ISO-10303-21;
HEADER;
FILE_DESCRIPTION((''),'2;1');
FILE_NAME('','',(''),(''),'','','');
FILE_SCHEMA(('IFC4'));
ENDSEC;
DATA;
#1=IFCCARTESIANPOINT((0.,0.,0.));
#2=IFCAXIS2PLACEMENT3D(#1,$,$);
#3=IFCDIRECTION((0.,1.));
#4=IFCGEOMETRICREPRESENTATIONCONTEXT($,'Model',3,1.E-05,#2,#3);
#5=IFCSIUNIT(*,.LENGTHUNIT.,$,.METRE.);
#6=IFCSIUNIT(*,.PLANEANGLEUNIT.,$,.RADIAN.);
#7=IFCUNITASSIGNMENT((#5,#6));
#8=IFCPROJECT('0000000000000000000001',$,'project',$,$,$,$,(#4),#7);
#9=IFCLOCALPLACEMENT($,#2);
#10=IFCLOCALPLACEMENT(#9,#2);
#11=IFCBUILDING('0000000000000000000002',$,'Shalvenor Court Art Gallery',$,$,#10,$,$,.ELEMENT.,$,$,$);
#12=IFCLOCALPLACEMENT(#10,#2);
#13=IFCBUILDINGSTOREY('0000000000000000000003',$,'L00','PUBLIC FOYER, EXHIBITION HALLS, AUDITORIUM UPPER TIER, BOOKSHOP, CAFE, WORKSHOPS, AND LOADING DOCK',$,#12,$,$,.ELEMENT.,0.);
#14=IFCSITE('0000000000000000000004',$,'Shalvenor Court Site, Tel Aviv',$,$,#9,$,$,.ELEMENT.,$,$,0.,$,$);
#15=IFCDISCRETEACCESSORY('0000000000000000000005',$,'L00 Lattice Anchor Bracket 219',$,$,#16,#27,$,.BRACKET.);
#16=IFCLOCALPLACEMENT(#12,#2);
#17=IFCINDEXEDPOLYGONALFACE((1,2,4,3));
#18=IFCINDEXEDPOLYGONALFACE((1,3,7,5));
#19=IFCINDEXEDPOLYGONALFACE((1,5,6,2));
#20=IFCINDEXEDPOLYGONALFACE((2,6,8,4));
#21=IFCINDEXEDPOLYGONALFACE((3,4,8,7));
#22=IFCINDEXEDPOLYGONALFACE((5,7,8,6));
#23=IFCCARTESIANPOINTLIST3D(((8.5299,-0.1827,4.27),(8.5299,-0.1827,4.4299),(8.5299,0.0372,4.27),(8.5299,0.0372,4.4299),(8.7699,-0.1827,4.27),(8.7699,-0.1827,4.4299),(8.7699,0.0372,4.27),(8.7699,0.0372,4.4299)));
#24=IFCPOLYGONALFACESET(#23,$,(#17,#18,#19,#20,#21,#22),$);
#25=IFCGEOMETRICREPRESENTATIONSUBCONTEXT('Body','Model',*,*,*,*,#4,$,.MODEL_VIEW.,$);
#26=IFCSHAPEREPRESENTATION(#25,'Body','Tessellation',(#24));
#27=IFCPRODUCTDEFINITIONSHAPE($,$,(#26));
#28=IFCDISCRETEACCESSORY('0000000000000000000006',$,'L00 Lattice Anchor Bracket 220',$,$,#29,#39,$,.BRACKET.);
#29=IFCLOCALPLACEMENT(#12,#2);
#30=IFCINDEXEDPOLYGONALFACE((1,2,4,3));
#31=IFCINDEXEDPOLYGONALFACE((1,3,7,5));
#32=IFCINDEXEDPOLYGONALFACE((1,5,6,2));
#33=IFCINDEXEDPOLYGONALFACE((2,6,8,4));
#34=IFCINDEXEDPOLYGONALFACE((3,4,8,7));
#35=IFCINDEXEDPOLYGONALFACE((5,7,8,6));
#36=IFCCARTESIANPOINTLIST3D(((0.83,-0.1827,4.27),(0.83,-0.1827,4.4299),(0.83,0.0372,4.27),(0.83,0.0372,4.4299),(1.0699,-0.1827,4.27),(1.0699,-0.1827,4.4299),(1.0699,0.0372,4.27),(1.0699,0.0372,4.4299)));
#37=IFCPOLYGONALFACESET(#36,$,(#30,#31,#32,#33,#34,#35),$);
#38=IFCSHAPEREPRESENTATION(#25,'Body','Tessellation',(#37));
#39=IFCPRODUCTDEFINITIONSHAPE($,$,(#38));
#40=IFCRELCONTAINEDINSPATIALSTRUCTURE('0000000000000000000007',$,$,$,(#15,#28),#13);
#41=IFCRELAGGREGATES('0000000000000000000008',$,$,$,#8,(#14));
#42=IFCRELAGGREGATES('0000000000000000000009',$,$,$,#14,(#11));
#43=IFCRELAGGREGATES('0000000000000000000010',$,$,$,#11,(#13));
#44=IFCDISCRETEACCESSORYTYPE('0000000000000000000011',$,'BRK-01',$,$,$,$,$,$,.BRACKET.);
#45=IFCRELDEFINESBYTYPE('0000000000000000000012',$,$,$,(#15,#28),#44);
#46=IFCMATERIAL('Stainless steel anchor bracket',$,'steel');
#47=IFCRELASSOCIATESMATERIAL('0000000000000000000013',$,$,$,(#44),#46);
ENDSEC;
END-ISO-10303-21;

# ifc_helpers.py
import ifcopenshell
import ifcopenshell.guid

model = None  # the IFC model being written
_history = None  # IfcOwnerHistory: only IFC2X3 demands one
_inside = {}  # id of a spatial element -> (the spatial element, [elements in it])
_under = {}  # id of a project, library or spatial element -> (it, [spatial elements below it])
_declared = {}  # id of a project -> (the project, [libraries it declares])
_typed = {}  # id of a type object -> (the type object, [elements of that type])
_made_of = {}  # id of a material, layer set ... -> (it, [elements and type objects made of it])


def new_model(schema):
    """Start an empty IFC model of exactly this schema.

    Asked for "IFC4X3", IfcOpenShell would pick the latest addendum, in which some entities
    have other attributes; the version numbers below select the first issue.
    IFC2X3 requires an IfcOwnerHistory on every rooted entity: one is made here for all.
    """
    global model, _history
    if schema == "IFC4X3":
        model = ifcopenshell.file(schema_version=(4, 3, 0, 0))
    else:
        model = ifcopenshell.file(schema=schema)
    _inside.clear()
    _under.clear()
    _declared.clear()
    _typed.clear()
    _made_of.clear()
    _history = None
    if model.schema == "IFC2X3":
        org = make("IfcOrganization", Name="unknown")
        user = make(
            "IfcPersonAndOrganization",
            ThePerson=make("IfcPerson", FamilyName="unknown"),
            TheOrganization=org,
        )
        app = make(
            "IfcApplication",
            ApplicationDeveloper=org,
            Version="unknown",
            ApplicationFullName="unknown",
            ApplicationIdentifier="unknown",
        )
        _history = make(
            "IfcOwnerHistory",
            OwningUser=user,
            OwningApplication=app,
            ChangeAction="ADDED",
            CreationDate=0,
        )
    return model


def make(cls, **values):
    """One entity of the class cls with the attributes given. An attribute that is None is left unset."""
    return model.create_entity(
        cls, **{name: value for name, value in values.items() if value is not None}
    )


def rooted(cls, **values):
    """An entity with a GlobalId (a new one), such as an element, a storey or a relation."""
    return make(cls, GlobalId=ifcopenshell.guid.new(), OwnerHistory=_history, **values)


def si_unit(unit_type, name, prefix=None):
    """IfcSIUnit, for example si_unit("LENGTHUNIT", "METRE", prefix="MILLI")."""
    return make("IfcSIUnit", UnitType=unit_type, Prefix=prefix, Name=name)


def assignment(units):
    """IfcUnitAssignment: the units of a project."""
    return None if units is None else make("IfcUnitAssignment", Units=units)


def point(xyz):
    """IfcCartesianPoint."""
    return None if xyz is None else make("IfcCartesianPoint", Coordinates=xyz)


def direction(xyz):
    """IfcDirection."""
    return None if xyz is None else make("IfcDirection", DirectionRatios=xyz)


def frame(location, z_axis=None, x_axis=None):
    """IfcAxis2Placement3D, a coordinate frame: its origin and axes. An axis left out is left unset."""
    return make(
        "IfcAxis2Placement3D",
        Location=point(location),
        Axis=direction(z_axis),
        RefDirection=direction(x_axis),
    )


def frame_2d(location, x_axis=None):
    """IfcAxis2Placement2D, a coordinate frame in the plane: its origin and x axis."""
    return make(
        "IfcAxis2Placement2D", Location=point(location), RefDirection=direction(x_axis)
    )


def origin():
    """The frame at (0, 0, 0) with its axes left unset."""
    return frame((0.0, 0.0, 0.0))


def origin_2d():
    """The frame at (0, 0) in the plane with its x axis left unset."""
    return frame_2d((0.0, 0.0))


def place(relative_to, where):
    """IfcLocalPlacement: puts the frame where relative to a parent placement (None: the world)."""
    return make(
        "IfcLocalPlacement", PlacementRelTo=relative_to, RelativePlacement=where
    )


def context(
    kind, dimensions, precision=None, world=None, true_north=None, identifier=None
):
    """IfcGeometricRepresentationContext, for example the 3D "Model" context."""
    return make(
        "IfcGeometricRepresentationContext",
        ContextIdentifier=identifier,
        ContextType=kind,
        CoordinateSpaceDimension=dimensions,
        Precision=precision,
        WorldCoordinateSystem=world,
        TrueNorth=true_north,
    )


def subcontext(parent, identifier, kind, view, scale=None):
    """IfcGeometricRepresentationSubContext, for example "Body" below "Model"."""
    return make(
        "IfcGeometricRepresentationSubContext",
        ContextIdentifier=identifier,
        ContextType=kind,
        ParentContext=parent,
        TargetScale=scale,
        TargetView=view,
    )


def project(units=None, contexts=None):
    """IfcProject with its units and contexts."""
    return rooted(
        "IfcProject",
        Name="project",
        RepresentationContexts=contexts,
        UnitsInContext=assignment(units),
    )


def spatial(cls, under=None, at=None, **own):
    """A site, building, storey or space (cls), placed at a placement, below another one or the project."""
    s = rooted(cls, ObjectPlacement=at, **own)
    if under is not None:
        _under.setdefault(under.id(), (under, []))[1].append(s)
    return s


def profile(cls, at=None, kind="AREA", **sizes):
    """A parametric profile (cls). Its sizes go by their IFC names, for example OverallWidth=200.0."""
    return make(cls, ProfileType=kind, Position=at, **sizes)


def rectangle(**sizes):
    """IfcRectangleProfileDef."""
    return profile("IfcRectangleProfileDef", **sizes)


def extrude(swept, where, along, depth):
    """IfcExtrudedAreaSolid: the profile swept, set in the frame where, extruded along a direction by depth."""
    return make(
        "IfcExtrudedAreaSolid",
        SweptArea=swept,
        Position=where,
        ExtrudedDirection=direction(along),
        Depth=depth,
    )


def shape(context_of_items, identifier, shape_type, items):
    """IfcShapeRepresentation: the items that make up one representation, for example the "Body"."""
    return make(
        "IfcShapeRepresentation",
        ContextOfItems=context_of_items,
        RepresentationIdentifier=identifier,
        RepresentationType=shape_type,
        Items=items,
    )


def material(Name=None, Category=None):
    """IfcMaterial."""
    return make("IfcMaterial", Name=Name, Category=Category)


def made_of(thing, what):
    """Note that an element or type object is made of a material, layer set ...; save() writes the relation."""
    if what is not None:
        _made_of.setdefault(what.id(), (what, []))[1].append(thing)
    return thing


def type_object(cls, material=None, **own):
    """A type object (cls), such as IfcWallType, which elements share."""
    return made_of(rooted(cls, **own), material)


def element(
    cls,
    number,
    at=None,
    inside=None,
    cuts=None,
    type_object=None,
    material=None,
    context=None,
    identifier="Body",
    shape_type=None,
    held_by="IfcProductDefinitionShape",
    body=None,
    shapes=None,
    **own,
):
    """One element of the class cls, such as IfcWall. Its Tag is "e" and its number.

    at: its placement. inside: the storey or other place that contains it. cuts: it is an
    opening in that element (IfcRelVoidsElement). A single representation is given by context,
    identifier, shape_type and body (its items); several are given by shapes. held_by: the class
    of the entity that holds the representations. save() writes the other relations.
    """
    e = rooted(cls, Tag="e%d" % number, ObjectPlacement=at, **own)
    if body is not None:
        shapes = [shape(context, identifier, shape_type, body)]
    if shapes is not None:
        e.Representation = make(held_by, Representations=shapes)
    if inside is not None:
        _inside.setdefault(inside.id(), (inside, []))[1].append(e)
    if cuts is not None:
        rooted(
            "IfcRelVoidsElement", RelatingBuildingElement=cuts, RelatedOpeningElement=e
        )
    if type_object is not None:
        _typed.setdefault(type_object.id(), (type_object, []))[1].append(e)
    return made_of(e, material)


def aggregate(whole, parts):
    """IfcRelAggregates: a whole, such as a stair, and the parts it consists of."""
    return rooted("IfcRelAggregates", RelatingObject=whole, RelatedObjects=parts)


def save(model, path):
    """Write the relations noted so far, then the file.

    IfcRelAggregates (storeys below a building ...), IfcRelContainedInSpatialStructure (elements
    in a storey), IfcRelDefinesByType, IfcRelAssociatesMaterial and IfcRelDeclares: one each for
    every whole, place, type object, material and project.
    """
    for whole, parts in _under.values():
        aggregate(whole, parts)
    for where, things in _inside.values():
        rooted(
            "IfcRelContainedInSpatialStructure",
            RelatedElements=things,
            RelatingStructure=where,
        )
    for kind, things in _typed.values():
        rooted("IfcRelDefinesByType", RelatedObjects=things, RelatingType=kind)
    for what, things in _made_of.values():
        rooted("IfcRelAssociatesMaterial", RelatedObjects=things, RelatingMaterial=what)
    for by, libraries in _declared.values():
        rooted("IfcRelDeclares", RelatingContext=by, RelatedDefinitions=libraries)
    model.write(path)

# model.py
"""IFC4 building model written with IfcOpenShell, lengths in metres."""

from ifc_helpers import new_model, si_unit, direction, frame, origin, origin_2d, place, context, subcontext, project, spatial, rectangle, extrude, material, type_object, element, save


model = new_model("IFC4")

# Units and contexts
model_context = context("Model", 3, precision=1e-05, world=origin(), true_north=direction((0.0, 1.0)))
body_context = subcontext(model_context, "Body", "Model", "MODEL_VIEW")
ifc_project = project(units=[si_unit("LENGTHUNIT", "METRE"), si_unit("PLANEANGLEUNIT", "RADIAN")], contexts=[model_context])

# Site, building, storey
site_placement = place(None, origin())
site = spatial("IfcSite", under=ifc_project, at=site_placement, Name="Shalvenor Court Site, Tel Aviv", CompositionType="ELEMENT", RefElevation=0.0)
building_placement = place(site_placement, origin())
building = spatial("IfcBuilding", under=site, at=building_placement, Name="Shalvenor Court Art Gallery", CompositionType="ELEMENT")
storey_placement = place(building_placement, origin())
storey = spatial("IfcBuildingStorey", under=building, at=storey_placement, Name="L00", Description="PUBLIC FOYER, EXHIBITION HALLS, AUDITORIUM UPPER TIER, BOOKSHOP, CAFE, WORKSHOPS, AND LOADING DOCK", CompositionType="ELEMENT", Elevation=0.0)

# Discrete accessories
ifc_material_1 = material(Name="Stainless steel anchor bracket", Category="steel")
discrete_accessory_type = type_object("IfcDiscreteAccessoryType", Name="BRK-01", PredefinedType="BRACKET", material=ifc_material_1)
for number, where, z_axis, x_axis, name in (
    (1, (8.6499, -0.0728, 4.27), (0.0, 0.0, 1.0), (-1.0, 0.0, 0.0), "L00 Lattice Anchor Bracket 219"),
    (2, (0.95, -0.0728, 4.27), (0.0, 0.0, 1.0), (-1.0, 0.0, 0.0), "L00 Lattice Anchor Bracket 220"),
):
    element("IfcDiscreteAccessory", number, at=place(storey_placement, frame(where, z_axis=z_axis, x_axis=x_axis)), inside=storey, type_object=discrete_accessory_type, Name=name, PredefinedType="BRACKET", context=body_context, shape_type="SweptSolid", body=[
        extrude(rectangle(XDim=0.24, YDim=0.22, at=origin_2d()), origin(), (0.0, 0.0, 1.0), 0.1599),
    ])

save(model, "model.ifc")
